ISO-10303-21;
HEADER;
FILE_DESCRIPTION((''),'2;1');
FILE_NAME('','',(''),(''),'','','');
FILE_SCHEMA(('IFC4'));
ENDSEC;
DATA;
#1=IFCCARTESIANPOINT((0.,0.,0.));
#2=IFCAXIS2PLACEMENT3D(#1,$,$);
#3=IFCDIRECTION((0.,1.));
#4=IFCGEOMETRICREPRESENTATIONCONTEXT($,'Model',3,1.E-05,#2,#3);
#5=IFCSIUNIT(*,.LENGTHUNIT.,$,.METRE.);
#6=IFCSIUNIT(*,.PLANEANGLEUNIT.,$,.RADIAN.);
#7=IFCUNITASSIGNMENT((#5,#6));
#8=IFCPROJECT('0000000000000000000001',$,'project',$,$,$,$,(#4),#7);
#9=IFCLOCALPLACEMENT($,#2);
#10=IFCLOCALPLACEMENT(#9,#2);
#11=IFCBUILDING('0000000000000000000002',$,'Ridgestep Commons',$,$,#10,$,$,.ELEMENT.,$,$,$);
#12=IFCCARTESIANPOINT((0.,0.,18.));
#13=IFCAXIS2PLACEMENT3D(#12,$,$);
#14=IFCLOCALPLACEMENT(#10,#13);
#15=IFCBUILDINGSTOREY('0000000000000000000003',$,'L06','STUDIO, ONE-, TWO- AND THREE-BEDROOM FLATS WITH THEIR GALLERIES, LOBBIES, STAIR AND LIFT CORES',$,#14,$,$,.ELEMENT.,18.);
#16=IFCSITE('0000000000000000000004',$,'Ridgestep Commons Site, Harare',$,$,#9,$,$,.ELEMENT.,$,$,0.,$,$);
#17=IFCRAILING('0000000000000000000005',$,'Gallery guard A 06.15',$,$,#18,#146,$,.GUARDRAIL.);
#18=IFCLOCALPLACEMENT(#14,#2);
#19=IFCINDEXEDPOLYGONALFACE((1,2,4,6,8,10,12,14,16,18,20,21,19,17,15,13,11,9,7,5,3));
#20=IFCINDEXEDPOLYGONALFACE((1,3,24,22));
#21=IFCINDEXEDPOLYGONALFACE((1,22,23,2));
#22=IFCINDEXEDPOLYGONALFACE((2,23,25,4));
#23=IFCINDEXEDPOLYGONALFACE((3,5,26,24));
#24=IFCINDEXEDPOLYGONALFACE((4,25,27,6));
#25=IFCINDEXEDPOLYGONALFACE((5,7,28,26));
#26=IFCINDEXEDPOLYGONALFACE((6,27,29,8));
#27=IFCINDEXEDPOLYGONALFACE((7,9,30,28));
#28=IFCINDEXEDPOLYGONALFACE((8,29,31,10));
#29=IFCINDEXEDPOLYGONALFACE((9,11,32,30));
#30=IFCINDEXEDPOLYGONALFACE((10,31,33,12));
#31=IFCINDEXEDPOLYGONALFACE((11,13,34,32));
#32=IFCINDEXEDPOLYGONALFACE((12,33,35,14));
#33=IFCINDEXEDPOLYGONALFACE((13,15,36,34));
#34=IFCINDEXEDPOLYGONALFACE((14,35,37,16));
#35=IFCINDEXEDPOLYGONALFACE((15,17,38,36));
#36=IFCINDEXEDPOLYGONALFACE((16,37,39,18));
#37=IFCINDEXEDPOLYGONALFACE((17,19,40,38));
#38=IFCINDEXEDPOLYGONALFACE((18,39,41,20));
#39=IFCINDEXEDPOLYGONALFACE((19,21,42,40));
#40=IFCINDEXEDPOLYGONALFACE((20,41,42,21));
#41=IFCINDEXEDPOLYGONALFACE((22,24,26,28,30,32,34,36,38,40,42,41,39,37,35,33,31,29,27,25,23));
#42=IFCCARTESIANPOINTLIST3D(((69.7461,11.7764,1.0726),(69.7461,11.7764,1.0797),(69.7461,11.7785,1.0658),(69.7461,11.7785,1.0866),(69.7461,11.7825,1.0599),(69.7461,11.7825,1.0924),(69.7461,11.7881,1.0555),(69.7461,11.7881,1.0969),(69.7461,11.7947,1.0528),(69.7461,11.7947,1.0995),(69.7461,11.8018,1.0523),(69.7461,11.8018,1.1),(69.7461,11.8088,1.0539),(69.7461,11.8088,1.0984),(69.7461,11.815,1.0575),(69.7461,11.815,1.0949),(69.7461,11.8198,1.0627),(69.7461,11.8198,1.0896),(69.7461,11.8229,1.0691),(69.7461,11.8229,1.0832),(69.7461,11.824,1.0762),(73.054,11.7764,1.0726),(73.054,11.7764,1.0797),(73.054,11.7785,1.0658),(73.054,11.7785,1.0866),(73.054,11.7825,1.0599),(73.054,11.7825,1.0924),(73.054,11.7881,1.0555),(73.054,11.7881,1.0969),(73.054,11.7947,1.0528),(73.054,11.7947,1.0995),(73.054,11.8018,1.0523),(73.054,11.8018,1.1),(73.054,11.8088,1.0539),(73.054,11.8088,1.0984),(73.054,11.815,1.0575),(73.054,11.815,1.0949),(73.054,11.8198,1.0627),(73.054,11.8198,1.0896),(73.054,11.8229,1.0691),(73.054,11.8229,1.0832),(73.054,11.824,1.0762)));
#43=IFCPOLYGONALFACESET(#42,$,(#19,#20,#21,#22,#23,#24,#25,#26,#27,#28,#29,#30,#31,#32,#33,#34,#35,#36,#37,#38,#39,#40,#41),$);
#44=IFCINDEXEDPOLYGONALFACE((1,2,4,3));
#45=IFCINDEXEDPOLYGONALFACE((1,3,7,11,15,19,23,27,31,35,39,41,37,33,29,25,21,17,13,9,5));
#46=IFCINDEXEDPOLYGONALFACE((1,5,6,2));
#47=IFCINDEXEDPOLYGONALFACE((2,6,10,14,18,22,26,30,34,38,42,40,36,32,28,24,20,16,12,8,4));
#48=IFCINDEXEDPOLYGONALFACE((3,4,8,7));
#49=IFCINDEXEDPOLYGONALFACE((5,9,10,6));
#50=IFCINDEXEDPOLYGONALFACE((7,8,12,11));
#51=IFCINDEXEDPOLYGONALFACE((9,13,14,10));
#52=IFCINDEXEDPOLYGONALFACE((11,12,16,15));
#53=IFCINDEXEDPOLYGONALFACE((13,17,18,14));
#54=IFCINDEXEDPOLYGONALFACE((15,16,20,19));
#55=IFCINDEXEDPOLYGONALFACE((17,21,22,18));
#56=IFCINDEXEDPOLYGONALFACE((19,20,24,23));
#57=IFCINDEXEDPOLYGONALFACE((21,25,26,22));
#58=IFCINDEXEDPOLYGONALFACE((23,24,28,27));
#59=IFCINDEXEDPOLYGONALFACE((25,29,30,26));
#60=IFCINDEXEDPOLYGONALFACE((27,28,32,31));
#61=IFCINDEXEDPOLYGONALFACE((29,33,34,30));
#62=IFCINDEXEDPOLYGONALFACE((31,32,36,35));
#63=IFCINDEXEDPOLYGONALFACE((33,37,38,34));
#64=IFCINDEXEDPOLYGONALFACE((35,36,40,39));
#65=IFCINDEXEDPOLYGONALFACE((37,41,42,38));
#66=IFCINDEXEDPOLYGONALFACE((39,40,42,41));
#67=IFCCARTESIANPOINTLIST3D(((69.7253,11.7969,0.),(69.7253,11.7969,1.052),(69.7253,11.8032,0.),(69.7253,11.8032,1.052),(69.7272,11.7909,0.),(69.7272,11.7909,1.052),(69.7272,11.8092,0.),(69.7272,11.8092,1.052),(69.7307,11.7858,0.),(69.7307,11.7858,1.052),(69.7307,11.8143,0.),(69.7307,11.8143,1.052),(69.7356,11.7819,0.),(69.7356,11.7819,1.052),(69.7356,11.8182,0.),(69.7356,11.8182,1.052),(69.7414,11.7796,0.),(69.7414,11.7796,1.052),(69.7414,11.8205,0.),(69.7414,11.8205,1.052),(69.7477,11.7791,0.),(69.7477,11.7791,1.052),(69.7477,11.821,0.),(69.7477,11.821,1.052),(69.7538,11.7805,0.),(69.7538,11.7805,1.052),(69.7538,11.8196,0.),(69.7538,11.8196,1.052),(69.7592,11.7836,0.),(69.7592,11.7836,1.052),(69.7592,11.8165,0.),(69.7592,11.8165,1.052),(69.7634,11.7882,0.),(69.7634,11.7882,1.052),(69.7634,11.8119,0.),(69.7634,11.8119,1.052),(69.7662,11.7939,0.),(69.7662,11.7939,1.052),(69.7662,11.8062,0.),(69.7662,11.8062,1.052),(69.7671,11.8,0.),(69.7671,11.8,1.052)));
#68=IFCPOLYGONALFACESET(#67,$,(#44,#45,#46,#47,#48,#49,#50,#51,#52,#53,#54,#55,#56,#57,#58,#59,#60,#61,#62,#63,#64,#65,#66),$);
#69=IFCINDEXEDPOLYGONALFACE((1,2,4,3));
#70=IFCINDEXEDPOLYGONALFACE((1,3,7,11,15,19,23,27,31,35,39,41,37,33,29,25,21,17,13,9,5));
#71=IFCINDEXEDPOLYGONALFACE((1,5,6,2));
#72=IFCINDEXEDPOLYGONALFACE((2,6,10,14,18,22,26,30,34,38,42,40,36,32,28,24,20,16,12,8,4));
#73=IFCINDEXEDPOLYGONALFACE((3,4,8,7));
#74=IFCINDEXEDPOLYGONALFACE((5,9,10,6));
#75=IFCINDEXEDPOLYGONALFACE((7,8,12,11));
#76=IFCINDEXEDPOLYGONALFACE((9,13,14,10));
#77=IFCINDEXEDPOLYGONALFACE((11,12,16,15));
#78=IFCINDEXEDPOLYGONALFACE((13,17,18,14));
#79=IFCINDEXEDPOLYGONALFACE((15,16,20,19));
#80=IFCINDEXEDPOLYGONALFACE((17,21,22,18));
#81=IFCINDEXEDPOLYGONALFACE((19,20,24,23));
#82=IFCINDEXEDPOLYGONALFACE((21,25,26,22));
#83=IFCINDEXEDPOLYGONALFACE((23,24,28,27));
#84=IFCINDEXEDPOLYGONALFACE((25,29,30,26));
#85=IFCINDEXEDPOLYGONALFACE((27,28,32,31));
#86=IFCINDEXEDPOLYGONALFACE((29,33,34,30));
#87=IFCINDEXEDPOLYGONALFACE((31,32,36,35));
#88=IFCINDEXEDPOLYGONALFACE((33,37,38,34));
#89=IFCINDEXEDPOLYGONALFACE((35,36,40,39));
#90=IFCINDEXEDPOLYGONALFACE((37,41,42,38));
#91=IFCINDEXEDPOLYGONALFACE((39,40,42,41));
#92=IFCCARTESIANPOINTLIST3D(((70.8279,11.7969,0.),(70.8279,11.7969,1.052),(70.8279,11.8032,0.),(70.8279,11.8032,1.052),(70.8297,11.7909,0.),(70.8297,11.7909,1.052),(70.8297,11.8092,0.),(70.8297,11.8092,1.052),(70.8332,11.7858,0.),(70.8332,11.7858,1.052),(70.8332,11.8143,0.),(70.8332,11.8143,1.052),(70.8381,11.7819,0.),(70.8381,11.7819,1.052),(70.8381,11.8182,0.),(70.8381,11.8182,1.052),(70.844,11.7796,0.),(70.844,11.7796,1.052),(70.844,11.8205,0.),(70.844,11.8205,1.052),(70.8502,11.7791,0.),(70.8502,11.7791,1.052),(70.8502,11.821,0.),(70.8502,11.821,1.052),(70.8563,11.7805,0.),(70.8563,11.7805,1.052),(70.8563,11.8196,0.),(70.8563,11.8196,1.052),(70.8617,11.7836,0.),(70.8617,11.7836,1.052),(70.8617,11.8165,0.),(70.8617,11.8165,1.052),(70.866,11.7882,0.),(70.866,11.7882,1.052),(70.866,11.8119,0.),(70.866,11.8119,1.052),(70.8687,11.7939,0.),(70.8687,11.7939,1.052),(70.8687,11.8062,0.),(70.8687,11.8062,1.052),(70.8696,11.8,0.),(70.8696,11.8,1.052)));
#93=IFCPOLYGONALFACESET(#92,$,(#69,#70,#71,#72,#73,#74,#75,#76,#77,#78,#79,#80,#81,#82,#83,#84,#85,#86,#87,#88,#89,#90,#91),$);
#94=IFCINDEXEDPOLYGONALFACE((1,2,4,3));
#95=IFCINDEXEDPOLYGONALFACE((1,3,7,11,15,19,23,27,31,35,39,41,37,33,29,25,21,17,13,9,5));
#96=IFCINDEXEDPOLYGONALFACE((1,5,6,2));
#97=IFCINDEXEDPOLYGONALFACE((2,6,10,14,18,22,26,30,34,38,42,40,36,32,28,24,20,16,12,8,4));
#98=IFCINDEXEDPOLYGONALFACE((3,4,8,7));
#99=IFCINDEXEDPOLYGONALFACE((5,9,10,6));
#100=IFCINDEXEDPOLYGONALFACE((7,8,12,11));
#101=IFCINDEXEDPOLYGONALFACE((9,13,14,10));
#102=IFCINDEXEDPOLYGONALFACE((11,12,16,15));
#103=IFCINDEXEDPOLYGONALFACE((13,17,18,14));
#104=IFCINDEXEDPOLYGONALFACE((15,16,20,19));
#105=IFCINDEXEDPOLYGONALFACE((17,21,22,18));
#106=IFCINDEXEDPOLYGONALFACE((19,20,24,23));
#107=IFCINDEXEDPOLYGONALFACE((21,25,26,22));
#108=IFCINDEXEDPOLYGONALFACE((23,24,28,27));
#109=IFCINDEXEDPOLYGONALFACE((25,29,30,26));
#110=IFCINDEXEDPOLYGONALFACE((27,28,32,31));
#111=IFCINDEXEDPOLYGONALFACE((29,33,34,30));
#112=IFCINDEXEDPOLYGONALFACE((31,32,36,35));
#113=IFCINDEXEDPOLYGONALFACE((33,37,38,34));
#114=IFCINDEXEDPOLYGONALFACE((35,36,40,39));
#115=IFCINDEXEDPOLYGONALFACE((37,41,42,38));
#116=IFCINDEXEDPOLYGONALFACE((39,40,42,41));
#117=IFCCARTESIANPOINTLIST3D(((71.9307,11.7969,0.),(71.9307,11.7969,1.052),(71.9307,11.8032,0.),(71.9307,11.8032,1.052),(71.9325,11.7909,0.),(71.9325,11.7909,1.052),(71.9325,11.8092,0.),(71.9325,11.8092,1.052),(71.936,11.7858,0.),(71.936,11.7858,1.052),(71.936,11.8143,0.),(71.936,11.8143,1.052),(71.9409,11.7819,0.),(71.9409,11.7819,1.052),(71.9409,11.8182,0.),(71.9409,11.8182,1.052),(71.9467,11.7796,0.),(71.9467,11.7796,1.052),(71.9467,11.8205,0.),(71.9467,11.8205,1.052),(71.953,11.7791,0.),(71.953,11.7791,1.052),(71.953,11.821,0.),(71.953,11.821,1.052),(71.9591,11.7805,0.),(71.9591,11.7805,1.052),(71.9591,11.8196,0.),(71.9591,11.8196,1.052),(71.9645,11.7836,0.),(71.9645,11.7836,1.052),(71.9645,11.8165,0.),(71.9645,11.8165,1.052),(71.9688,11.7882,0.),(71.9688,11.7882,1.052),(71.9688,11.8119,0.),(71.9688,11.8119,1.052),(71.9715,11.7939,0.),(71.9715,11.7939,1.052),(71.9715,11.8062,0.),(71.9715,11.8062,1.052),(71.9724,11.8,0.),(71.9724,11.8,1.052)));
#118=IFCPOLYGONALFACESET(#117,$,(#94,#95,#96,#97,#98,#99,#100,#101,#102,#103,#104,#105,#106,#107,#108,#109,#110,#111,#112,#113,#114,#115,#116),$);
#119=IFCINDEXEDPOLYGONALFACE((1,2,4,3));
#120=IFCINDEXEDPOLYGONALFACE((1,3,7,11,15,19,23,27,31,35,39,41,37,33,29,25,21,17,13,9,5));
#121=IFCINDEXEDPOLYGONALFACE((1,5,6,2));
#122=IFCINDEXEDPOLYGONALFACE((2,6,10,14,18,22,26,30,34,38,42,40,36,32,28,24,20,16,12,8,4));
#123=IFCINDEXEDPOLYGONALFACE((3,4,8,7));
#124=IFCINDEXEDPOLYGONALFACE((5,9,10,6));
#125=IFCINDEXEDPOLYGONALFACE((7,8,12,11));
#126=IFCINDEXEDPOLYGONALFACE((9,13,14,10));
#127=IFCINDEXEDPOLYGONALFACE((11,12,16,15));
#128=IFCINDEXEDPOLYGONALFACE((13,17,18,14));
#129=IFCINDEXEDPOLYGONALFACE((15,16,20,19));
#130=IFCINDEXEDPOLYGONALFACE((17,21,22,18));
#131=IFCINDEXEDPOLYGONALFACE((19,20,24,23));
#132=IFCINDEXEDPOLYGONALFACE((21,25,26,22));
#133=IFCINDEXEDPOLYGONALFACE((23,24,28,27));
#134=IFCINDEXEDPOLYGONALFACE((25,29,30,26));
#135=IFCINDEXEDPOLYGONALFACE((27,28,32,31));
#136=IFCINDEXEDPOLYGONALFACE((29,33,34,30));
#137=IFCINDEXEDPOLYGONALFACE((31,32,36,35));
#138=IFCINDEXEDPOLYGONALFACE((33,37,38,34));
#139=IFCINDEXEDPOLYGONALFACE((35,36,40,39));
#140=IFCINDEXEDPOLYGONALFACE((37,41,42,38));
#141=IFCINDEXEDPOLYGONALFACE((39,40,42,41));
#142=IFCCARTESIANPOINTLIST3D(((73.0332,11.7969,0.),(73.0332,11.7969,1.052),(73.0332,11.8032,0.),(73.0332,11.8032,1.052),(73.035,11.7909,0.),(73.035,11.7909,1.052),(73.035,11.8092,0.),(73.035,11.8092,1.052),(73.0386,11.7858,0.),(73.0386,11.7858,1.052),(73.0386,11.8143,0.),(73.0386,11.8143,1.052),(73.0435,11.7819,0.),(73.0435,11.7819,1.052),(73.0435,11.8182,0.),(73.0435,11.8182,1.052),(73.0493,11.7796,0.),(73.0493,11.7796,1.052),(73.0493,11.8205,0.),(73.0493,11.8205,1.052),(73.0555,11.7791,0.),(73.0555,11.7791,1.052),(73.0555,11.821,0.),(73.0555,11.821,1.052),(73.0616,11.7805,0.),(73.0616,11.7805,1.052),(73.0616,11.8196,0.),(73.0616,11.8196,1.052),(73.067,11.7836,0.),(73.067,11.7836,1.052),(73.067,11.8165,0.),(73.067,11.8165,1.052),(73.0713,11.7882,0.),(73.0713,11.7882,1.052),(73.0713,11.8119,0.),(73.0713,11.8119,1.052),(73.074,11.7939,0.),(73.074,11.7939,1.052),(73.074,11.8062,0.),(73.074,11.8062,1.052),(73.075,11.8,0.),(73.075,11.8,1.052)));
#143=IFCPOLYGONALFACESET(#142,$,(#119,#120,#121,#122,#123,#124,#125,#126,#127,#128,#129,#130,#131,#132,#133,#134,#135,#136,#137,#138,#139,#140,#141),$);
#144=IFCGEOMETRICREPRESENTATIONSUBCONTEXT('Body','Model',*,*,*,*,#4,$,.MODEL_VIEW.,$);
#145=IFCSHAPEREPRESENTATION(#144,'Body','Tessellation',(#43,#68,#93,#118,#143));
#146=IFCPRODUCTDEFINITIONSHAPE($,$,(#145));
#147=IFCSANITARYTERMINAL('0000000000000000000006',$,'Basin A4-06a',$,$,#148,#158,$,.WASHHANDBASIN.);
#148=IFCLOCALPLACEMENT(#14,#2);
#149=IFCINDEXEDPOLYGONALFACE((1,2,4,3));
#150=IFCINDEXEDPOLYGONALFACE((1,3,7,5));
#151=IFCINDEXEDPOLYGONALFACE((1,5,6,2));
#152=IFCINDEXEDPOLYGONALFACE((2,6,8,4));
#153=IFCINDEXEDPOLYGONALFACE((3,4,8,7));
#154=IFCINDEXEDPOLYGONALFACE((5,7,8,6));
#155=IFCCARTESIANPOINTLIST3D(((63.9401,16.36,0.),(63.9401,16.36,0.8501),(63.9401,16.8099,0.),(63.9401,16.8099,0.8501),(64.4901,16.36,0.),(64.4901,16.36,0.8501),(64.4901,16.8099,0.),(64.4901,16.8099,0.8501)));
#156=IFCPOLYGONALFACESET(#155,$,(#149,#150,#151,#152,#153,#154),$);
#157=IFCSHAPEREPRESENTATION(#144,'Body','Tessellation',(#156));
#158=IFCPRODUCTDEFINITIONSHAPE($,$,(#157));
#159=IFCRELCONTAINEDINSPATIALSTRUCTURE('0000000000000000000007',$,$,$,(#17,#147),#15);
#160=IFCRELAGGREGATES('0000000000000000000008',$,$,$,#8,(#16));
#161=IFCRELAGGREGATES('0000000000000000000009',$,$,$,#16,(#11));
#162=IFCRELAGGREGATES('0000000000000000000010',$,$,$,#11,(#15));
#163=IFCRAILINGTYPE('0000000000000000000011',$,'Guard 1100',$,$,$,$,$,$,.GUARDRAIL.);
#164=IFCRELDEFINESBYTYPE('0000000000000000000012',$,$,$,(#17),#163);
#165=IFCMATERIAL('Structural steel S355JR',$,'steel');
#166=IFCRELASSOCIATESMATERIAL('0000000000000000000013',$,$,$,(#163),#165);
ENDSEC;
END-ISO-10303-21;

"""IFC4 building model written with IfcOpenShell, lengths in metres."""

from ifc_helpers import new_model, si_unit, direction, frame, origin, origin_2d, place, context, subcontext, project, spatial, rectangle, circle, extrude, material, type_object, element, save


model = new_model("IFC4")

# Units and contexts
model_context = context("Model", 3, precision=1e-05, world=origin(), true_north=direction((0.0, 1.0)))
body_context = subcontext(model_context, "Body", "Model", "MODEL_VIEW")
ifc_project = project(units=[si_unit("LENGTHUNIT", "METRE"), si_unit("PLANEANGLEUNIT", "RADIAN")], contexts=[model_context])

# Site, building, storey
site_placement = place(None, origin())
site = spatial("IfcSite", under=ifc_project, at=site_placement, Name="Ridgestep Commons Site, Harare", CompositionType="ELEMENT", RefElevation=0.0)
building_placement = place(site_placement, origin())
building = spatial("IfcBuilding", under=site, at=building_placement, Name="Ridgestep Commons", CompositionType="ELEMENT")
storey_placement = place(building_placement, frame((0.0, 0.0, 18.0)))
storey = spatial("IfcBuildingStorey", under=building, at=storey_placement, Name="L06", Description="STUDIO, ONE-, TWO- AND THREE-BEDROOM FLATS WITH THEIR GALLERIES, LOBBIES, STAIR AND LIFT CORES", CompositionType="ELEMENT", Elevation=18.0)

# Railing
ifc_material_1 = material(Name="Structural steel S355JR", Category="steel")
railing_type = type_object("IfcRailingType", Name="Guard 1100", PredefinedType="GUARDRAIL", material=ifc_material_1)
railing_1_placement = place(storey_placement, frame((69.7461, 11.8, 0.0)))
element("IfcRailing", 1, at=railing_1_placement, inside=storey, type_object=railing_type, Name="Gallery guard A 06.15", PredefinedType="GUARDRAIL", context=body_context, shape_type="SweptSolid", body=[
    extrude(circle(Radius=0.0239, at=origin_2d()), frame((0.0, 0.0, 1.0762), z_axis=(1.0, 0.0, 0.0), x_axis=(0.0, 1.0, 0.0)), (0.0, 0.0, 1.0), 3.3079),
    extrude(circle(Radius=0.021, at=origin_2d()), origin(), (0.0, 0.0, 1.0), 1.052),
    extrude(circle(Radius=0.021, at=origin_2d()), frame((1.1025, 0.0, 0.0)), (0.0, 0.0, 1.0), 1.052),
    extrude(circle(Radius=0.021, at=origin_2d()), frame((2.2053, 0.0, 0.0)), (0.0, 0.0, 1.0), 1.052),
    extrude(circle(Radius=0.021, at=origin_2d()), frame((3.3079, 0.0, 0.0)), (0.0, 0.0, 1.0), 1.052),
])

# Sanitary terminal
sanitary_terminal_placement = place(storey_placement, frame((64.2151, 16.585, 0.0), z_axis=(0.0, 0.0, 1.0), x_axis=(1.0, 0.0, 0.0)))
element("IfcSanitaryTerminal", 2, at=sanitary_terminal_placement, inside=storey, Name="Basin A4-06a", PredefinedType="WASHHANDBASIN", context=body_context, shape_type="SweptSolid", body=[
    extrude(rectangle(XDim=0.55, YDim=0.45, at=origin_2d()), origin(), (0.0, 0.0, 1.0), 0.8501),
])

save(model, "model.ifc")
